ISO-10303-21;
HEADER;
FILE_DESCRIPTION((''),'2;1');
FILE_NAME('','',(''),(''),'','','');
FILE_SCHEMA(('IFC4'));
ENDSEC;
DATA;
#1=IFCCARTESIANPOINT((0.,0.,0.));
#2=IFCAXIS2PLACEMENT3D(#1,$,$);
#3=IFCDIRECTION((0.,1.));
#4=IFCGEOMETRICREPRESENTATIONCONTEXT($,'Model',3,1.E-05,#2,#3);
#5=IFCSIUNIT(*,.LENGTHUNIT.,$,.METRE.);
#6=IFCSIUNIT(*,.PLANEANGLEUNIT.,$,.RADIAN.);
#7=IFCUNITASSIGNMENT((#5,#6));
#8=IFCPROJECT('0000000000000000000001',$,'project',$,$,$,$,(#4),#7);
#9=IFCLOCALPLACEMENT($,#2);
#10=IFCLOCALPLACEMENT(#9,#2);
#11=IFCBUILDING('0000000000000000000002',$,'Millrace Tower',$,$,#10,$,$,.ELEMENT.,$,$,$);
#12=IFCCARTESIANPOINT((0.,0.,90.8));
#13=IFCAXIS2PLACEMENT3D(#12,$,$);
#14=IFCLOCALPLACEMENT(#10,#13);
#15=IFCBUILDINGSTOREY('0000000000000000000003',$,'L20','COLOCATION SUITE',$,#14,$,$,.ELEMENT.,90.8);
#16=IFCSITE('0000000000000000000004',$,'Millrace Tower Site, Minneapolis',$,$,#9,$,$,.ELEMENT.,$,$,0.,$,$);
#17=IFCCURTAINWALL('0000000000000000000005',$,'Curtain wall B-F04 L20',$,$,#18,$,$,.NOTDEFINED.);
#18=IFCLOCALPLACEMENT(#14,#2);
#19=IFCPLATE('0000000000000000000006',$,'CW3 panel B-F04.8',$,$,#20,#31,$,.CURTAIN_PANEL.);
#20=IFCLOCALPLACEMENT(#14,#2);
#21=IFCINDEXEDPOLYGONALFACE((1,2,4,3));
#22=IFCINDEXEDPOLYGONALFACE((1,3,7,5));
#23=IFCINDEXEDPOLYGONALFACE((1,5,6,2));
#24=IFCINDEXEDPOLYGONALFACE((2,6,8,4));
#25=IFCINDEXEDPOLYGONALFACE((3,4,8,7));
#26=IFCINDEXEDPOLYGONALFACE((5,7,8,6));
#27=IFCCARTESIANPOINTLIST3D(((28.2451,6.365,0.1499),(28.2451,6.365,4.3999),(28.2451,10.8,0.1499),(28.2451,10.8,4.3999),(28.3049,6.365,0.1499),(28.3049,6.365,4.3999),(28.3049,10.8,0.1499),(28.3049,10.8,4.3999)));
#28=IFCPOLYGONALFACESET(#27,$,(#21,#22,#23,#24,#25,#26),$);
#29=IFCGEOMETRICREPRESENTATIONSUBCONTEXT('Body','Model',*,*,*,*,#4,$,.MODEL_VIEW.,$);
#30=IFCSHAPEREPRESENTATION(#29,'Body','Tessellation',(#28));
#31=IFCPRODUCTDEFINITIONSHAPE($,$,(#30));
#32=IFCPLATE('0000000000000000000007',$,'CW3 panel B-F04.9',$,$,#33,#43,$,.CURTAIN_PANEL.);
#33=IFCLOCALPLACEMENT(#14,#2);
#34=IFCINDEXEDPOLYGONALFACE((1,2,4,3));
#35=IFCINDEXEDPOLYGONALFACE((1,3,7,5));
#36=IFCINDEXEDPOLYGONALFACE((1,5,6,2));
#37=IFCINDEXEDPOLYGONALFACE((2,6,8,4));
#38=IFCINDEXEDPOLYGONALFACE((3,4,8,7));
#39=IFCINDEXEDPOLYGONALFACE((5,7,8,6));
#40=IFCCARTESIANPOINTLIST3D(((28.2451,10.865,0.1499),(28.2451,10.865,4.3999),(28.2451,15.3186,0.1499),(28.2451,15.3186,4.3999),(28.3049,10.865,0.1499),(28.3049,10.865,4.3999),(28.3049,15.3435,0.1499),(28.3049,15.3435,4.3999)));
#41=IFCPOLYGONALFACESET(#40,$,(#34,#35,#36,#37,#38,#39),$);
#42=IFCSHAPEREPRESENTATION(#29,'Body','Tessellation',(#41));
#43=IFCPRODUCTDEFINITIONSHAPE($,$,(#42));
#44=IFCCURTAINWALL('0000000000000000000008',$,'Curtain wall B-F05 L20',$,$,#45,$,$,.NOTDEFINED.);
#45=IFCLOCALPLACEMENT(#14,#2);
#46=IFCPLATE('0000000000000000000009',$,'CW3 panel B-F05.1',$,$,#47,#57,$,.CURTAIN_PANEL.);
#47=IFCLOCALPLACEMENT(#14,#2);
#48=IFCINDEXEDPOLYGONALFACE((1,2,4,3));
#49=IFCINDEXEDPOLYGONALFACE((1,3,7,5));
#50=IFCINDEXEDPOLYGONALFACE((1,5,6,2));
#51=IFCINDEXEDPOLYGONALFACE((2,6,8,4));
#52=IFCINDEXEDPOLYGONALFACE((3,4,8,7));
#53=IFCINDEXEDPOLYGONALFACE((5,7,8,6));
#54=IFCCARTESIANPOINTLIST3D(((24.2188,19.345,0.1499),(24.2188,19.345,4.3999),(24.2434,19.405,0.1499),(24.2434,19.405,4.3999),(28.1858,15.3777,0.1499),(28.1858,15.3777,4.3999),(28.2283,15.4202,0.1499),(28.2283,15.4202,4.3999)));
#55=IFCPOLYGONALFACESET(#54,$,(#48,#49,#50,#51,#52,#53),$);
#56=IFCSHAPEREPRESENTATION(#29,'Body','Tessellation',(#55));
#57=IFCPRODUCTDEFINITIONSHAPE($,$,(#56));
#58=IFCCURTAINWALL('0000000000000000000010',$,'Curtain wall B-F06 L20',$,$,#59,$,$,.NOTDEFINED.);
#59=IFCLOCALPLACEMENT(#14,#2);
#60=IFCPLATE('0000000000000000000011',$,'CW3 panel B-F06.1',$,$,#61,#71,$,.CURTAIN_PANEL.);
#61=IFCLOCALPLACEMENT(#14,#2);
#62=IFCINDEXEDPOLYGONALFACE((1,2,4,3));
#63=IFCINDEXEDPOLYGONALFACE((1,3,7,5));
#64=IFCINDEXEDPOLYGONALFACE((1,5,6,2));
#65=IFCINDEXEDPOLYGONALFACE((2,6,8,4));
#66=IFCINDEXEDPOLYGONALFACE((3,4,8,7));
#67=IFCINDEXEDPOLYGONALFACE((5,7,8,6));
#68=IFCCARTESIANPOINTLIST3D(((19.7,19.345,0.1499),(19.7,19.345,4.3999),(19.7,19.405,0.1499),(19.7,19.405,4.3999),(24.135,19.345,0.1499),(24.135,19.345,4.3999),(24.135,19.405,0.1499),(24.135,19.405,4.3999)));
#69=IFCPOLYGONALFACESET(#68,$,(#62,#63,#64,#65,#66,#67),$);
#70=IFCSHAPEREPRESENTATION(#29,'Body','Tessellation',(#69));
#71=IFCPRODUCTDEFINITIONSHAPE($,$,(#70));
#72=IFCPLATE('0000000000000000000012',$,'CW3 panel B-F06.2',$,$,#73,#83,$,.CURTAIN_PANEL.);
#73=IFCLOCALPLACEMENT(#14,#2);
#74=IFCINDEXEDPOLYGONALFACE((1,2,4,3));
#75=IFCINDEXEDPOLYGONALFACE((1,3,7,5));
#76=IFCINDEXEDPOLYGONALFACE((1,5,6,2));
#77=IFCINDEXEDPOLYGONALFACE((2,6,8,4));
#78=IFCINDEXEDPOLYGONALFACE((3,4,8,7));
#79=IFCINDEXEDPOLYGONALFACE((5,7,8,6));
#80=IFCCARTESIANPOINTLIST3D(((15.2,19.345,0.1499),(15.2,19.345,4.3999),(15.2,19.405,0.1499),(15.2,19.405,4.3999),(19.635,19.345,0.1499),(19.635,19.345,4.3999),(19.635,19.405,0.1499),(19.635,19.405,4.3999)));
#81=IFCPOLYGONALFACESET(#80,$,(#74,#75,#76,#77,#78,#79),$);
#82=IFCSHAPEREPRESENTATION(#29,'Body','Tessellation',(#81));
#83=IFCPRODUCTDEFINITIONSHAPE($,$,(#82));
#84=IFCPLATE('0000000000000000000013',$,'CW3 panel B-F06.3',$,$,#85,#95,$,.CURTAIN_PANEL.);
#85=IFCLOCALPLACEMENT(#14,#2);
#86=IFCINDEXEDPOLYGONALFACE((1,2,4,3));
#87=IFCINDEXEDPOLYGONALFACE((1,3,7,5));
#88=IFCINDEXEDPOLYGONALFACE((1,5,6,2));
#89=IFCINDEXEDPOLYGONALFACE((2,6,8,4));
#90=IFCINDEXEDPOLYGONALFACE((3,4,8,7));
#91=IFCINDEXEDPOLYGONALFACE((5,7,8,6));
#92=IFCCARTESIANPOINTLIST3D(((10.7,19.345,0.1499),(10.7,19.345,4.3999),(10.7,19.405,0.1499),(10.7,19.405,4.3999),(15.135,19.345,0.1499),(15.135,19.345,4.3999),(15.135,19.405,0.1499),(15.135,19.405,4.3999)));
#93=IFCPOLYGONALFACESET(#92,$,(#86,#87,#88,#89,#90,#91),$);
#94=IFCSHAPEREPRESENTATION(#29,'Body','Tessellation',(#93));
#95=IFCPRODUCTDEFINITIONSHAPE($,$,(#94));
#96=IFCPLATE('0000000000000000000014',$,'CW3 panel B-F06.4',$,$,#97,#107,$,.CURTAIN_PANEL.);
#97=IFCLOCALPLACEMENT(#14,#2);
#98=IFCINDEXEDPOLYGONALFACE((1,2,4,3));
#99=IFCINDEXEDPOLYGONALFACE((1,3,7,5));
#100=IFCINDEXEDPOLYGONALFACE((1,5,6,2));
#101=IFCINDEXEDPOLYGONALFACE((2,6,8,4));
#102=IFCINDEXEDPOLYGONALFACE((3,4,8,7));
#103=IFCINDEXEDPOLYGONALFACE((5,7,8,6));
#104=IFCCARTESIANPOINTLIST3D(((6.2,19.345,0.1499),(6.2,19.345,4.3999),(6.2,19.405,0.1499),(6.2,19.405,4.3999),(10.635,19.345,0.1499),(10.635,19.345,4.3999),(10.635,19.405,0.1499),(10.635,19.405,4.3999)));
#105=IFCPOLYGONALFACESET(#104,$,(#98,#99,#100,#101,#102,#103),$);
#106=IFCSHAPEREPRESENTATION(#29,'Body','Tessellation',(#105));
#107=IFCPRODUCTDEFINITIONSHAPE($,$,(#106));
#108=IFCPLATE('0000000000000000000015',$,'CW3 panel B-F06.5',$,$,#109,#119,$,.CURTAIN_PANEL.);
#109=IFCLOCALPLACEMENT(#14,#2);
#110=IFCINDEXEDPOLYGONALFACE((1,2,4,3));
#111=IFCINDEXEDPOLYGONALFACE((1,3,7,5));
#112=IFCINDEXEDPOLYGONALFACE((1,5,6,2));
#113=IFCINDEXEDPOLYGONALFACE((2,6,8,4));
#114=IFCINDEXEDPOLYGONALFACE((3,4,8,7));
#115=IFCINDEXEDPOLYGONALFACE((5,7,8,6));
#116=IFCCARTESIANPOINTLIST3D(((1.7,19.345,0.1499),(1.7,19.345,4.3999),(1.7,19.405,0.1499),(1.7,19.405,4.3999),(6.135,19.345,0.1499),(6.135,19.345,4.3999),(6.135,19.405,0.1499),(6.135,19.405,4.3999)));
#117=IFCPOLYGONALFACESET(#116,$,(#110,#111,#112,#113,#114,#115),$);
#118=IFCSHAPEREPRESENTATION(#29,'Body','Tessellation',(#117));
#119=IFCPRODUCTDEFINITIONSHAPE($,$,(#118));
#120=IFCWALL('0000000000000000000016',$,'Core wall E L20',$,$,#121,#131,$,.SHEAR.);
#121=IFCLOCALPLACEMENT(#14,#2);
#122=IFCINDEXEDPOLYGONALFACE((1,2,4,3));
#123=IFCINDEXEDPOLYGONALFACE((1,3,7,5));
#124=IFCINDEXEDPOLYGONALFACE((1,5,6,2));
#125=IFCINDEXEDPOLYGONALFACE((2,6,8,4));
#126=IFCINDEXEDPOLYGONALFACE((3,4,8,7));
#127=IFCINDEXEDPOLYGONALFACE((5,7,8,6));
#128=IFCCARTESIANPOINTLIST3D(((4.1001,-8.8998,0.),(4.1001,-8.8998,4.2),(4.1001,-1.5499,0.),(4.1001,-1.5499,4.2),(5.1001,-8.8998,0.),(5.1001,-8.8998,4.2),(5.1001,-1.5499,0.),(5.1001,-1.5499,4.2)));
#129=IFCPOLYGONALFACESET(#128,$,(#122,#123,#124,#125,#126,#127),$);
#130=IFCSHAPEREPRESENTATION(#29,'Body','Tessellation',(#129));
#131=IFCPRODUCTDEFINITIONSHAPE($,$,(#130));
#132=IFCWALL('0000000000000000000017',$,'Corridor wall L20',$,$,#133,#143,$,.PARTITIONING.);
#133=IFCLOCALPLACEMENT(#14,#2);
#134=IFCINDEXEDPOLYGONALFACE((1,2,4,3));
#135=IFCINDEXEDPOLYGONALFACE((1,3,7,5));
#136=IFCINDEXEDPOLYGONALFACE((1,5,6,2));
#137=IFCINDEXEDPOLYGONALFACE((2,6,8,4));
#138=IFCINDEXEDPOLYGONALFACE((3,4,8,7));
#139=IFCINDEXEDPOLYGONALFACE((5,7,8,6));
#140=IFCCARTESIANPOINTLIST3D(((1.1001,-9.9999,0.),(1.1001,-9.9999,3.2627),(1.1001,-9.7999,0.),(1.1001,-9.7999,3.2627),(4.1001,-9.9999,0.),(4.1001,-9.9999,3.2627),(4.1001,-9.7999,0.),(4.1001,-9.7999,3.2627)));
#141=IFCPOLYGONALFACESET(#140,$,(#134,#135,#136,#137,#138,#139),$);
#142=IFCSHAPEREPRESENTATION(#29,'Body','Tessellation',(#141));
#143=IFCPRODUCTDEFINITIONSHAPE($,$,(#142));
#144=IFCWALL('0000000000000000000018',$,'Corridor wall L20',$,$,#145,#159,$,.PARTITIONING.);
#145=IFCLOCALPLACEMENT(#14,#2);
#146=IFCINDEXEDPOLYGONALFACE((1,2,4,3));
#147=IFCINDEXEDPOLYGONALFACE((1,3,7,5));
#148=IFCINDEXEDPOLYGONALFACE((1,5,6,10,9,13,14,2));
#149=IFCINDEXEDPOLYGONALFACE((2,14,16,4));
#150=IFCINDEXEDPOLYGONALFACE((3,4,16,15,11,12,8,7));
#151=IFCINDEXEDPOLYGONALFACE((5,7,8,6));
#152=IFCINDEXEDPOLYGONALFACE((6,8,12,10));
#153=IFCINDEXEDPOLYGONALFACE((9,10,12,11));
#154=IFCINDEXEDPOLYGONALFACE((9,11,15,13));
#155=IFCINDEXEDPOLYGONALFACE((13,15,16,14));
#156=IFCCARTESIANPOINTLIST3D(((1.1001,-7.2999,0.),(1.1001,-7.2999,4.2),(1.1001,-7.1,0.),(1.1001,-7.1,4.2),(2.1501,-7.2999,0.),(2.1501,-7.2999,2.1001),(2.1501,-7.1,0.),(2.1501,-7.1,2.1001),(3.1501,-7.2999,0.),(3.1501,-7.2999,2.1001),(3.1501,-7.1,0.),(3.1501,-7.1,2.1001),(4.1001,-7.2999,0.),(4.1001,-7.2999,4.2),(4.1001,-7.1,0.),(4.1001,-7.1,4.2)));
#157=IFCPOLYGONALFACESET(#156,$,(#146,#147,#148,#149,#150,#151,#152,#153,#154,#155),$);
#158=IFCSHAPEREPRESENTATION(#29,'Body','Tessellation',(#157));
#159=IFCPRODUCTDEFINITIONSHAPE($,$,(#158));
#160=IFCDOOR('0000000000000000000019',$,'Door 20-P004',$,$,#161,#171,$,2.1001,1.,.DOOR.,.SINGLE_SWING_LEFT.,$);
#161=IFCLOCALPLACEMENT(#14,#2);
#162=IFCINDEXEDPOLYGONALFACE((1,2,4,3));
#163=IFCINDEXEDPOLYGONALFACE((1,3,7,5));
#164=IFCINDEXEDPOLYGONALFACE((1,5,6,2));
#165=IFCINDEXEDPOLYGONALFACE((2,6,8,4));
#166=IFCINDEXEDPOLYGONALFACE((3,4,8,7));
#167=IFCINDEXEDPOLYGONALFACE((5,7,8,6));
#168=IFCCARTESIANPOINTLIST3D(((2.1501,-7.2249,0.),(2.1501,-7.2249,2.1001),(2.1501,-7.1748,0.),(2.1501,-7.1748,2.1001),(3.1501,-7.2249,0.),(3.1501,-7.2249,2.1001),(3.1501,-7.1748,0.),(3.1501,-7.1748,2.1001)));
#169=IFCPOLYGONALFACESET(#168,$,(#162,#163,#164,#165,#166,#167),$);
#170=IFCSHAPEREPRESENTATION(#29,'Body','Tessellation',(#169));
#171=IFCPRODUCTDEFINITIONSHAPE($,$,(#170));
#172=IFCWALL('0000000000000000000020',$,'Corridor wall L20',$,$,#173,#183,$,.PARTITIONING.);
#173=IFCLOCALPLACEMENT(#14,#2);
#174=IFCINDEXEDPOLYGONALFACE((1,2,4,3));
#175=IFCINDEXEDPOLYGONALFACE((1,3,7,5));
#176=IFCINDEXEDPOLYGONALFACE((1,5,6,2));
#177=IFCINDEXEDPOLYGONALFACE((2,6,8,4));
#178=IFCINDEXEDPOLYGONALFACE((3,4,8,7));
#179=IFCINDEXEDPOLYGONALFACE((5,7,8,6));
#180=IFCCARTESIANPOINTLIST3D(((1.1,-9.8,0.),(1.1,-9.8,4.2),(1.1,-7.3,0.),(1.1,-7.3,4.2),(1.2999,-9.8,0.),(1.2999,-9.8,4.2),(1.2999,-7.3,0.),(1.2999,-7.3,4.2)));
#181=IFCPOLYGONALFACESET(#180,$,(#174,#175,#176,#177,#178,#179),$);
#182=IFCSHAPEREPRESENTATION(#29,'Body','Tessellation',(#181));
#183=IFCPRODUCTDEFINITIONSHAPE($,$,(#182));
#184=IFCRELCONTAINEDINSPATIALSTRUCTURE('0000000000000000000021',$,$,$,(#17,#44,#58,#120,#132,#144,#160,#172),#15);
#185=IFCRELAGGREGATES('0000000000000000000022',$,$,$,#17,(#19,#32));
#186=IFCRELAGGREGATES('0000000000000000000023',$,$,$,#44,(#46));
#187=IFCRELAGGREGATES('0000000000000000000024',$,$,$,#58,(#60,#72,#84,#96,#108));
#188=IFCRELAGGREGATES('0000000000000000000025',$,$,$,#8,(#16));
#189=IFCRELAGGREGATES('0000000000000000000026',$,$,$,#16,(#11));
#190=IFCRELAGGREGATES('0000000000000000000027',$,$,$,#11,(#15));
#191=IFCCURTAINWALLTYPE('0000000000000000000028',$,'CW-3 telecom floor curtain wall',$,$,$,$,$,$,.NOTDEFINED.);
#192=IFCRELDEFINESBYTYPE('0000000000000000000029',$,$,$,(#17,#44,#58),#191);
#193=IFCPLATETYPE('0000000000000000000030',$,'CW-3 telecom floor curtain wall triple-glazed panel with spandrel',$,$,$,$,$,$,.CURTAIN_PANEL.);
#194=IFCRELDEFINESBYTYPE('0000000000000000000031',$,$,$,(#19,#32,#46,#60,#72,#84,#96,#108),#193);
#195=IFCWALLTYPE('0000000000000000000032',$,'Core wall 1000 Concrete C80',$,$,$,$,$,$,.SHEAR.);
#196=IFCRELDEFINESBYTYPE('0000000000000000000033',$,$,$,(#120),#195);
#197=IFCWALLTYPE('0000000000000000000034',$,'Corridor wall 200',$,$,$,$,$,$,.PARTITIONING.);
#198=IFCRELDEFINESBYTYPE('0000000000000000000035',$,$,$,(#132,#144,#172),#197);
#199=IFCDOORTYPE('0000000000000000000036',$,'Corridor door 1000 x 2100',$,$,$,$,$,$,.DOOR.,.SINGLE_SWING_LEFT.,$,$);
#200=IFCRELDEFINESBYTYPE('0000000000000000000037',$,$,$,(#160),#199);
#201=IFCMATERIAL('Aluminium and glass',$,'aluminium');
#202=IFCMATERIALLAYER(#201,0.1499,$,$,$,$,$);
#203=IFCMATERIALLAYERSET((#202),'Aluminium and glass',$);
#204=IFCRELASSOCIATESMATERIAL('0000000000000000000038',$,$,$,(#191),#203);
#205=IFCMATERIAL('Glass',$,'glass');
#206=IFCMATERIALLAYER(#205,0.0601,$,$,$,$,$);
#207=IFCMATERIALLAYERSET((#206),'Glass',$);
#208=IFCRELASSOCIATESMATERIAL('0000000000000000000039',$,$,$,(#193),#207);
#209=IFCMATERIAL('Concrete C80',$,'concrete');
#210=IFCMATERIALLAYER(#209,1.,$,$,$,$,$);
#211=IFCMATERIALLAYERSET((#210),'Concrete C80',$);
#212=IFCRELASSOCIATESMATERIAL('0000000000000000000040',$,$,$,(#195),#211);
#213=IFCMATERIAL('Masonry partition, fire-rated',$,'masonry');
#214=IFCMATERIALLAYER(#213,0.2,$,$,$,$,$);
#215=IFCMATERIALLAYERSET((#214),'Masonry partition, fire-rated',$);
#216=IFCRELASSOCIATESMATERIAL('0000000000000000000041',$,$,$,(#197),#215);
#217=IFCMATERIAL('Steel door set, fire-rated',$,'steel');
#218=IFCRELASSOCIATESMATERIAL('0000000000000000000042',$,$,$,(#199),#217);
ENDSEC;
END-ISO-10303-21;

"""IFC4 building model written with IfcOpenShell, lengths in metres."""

from ifc_helpers import new_model, si_unit, direction, frame, frame_2d, origin, place, context, subcontext, project, spatial, polyline, rectangle, outline, extrude, material, layer, layer_set, type_object, element, fill, aggregate, save


model = new_model("IFC4")

# Units and contexts
model_context = context("Model", 3, precision=1e-05, world=origin(), true_north=direction((0.0, 1.0)))
body_context = subcontext(model_context, "Body", "Model", "MODEL_VIEW")
ifc_project = project(units=[si_unit("LENGTHUNIT", "METRE"), si_unit("PLANEANGLEUNIT", "RADIAN")], contexts=[model_context])

# Site, building, storey
site_placement = place(None, origin())
site = spatial("IfcSite", under=ifc_project, at=site_placement, Name="Millrace Tower Site, Minneapolis", CompositionType="ELEMENT", RefElevation=0.0)
building_placement = place(site_placement, origin())
building = spatial("IfcBuilding", under=site, at=building_placement, Name="Millrace Tower", CompositionType="ELEMENT")
storey_placement = place(building_placement, frame((0.0, 0.0, 90.8)))
storey = spatial("IfcBuildingStorey", under=building, at=storey_placement, Name="L20", Description="COLOCATION SUITE", CompositionType="ELEMENT", Elevation=90.8)

# Curtain wall, plates
ifc_material_1 = material(Name="Aluminium and glass", Category="aluminium")
ifc_layer_1 = layer(ifc_material_1, 0.1499)
ifc_layer_set_1 = layer_set([ifc_layer_1], Name="Aluminium and glass")
curtain_wall_type = type_object("IfcCurtainWallType", Name="CW-3 telecom floor curtain wall", PredefinedType="NOTDEFINED", material=ifc_layer_set_1)
placement_1 = place(storey_placement, origin())
curtain_wall_1 = element("IfcCurtainWall", 1, at=placement_1, inside=storey, type_object=curtain_wall_type, Name="Curtain wall B-F04 L20", PredefinedType="NOTDEFINED")
ifc_material_2 = material(Name="Glass", Category="glass")
ifc_layer_2 = layer(ifc_material_2, 0.0601)
ifc_layer_set_2 = layer_set([ifc_layer_2], Name="Glass")
plate_type = type_object("IfcPlateType", Name="CW-3 telecom floor curtain wall triple-glazed panel with spandrel", PredefinedType="CURTAIN_PANEL", material=ifc_layer_set_2)
placement_2 = place(storey_placement, frame((0.0, 0.0, 0.1499)))
plate_1 = element("IfcPlate", 2, at=placement_2, type_object=plate_type, Name="CW3 panel B-F04.8", PredefinedType="CURTAIN_PANEL", context=body_context, shape_type="SweptSolid", body=[
    extrude(outline(polyline([(28.3049, 6.365), (28.3049, 10.8), (28.2451, 10.8), (28.2451, 6.365), (28.3049, 6.365)])), origin(), (0.0, 0.0, 1.0), 4.25),
])
plate_2 = element("IfcPlate", 3, at=placement_2, type_object=plate_type, Name="CW3 panel B-F04.9", PredefinedType="CURTAIN_PANEL", context=body_context, shape_type="SweptSolid", body=[
    extrude(outline(polyline([(28.3049, 10.865), (28.3049, 15.3435), (28.2451, 15.3186), (28.2451, 10.865), (28.3049, 10.865)])), origin(), (0.0, 0.0, 1.0), 4.25),
])
aggregate(curtain_wall_1, [plate_1, plate_2])

# Curtain wall, plate
curtain_wall_2 = element("IfcCurtainWall", 4, at=placement_1, inside=storey, type_object=curtain_wall_type, Name="Curtain wall B-F05 L20", PredefinedType="NOTDEFINED")
plate_3 = element("IfcPlate", 5, at=placement_2, type_object=plate_type, Name="CW3 panel B-F05.1", PredefinedType="CURTAIN_PANEL", context=body_context, shape_type="SweptSolid", body=[
    extrude(outline(polyline([(28.2283, 15.4202), (24.2434, 19.405), (24.2188, 19.345), (28.1858, 15.3777), (28.2283, 15.4202)])), origin(), (0.0, 0.0, 1.0), 4.25),
])
aggregate(curtain_wall_2, [plate_3])

# Curtain wall, plates
curtain_wall_3 = element("IfcCurtainWall", 6, at=placement_1, inside=storey, type_object=curtain_wall_type, Name="Curtain wall B-F06 L20", PredefinedType="NOTDEFINED")
plate_4 = element("IfcPlate", 7, at=placement_2, type_object=plate_type, Name="CW3 panel B-F06.1", PredefinedType="CURTAIN_PANEL", context=body_context, shape_type="SweptSolid", body=[
    extrude(outline(polyline([(24.135, 19.405), (19.7, 19.405), (19.7, 19.345), (24.135, 19.345), (24.135, 19.405)])), origin(), (0.0, 0.0, 1.0), 4.25),
])
plate_5 = element("IfcPlate", 8, at=placement_2, type_object=plate_type, Name="CW3 panel B-F06.2", PredefinedType="CURTAIN_PANEL", context=body_context, shape_type="SweptSolid", body=[
    extrude(outline(polyline([(19.635, 19.405), (15.2, 19.405), (15.2, 19.345), (19.635, 19.345), (19.635, 19.405)])), origin(), (0.0, 0.0, 1.0), 4.25),
])
plate_6 = element("IfcPlate", 9, at=placement_2, type_object=plate_type, Name="CW3 panel B-F06.3", PredefinedType="CURTAIN_PANEL", context=body_context, shape_type="SweptSolid", body=[
    extrude(outline(polyline([(15.135, 19.405), (10.7, 19.405), (10.7, 19.345), (15.135, 19.345), (15.135, 19.405)])), origin(), (0.0, 0.0, 1.0), 4.25),
])
plate_7 = element("IfcPlate", 10, at=placement_2, type_object=plate_type, Name="CW3 panel B-F06.4", PredefinedType="CURTAIN_PANEL", context=body_context, shape_type="SweptSolid", body=[
    extrude(outline(polyline([(10.635, 19.405), (6.2, 19.405), (6.2, 19.345), (10.635, 19.345), (10.635, 19.405)])), origin(), (0.0, 0.0, 1.0), 4.25),
])
plate_8 = element("IfcPlate", 11, at=placement_2, type_object=plate_type, Name="CW3 panel B-F06.5", PredefinedType="CURTAIN_PANEL", context=body_context, shape_type="SweptSolid", body=[
    extrude(outline(polyline([(6.135, 19.405), (1.7, 19.405), (1.7, 19.345), (6.135, 19.345), (6.135, 19.405)])), origin(), (0.0, 0.0, 1.0), 4.25),
])
aggregate(curtain_wall_3, [plate_4, plate_5, plate_6, plate_7, plate_8])

# Walls
ifc_material_3 = material(Name="Concrete C80", Category="concrete")
ifc_layer_3 = layer(ifc_material_3, 1.0)
ifc_layer_set_3 = layer_set([ifc_layer_3], Name="Concrete C80")
wall_type_1 = type_object("IfcWallType", Name="Core wall 1000 Concrete C80", PredefinedType="SHEAR", material=ifc_layer_set_3)
wall_1_placement = place(storey_placement, frame((4.6001, -1.55, 0.0), z_axis=(0.0, 0.0, 1.0), x_axis=(0.0, -1.0, 0.0)))
element("IfcWall", 12, at=wall_1_placement, inside=storey, type_object=wall_type_1, Name="Core wall E L20", PredefinedType="SHEAR", context=body_context, shape_type="SweptSolid", body=[
    extrude(rectangle(XDim=7.3499, YDim=1.0, at=frame_2d((3.6748, 0.0))), origin(), (0.0, 0.0, 1.0), 4.2),
])
ifc_material_4 = material(Name="Masonry partition, fire-rated", Category="masonry")
ifc_layer_4 = layer(ifc_material_4, 0.2)
ifc_layer_set_4 = layer_set([ifc_layer_4], Name="Masonry partition, fire-rated")
wall_type_2 = type_object("IfcWallType", Name="Corridor wall 200", PredefinedType="PARTITIONING", material=ifc_layer_set_4)
wall_2_placement = place(storey_placement, frame((1.1001, -9.8999, 0.0), z_axis=(0.0, 0.0, 1.0), x_axis=(1.0, 0.0, 0.0)))
element("IfcWall", 13, at=wall_2_placement, inside=storey, type_object=wall_type_2, Name="Corridor wall L20", PredefinedType="PARTITIONING", context=body_context, shape_type="SweptSolid", body=[
    extrude(rectangle(XDim=3.0, YDim=0.2, at=frame_2d((1.5, 0.0))), origin(), (0.0, 0.0, 1.0), 3.2627),
])

# Wall, opening, door
wall_3_placement = place(storey_placement, frame((1.1001, -7.2, 0.0), z_axis=(0.0, 0.0, 1.0), x_axis=(1.0, 0.0, 0.0)))
wall_3 = element("IfcWall", 14, at=wall_3_placement, inside=storey, type_object=wall_type_2, Name="Corridor wall L20", PredefinedType="PARTITIONING", context=body_context, shape_type="SweptSolid", body=[
    extrude(rectangle(XDim=3.0, YDim=0.2, at=frame_2d((1.5, 0.0))), origin(), (0.0, 0.0, 1.0), 4.2),
])
opening_1_placement = place(wall_3_placement, frame((1.05, 0.0, 0.0)))
opening_1 = element("IfcOpeningElement", 15, at=opening_1_placement, cuts=wall_3, PredefinedType="OPENING", context=body_context, shape_type="SweptSolid", body=[
    extrude(rectangle(XDim=1.0, YDim=2.1001, at=frame_2d((0.5, 1.05))), frame((0.0, 0.1099, 0.0), z_axis=(0.0, -1.0, 0.0), x_axis=(1.0, 0.0, 0.0)), (0.0, 0.0, 1.0), 0.22),
])
ifc_material_5 = material(Name="Steel door set, fire-rated", Category="steel")
door_type_1 = type_object("IfcDoorType", Name="Corridor door 1000 x 2100", OperationType="SINGLE_SWING_LEFT", PredefinedType="DOOR", material=ifc_material_5)
door_1_placement = place(opening_1_placement, frame((1.0, 0.0, 0.0), z_axis=(0.0, 0.0, 1.0), x_axis=(-1.0, 0.0, 0.0)))
door_1 = element("IfcDoor", 16, at=door_1_placement, inside=storey, type_object=door_type_1, Name="Door 20-P004", OperationType="SINGLE_SWING_LEFT", OverallHeight=2.1001, OverallWidth=1.0, PredefinedType="DOOR", context=body_context, shape_type="SweptSolid", body=[
    extrude(rectangle(XDim=1.0, YDim=2.1001, at=frame_2d((0.5, 1.05))), frame((0.0, 0.0249, 0.0), z_axis=(0.0, -1.0, 0.0), x_axis=(1.0, 0.0, 0.0)), (0.0, 0.0, 1.0), 0.05),
])
fill(opening_1, door_1)

# Wall
wall_4_placement = place(storey_placement, frame((1.2, -9.8, 0.0), z_axis=(0.0, 0.0, 1.0), x_axis=(0.0, 1.0, 0.0)))
element("IfcWall", 17, at=wall_4_placement, inside=storey, type_object=wall_type_2, Name="Corridor wall L20", PredefinedType="PARTITIONING", context=body_context, shape_type="SweptSolid", body=[
    extrude(rectangle(XDim=2.5, YDim=0.2, at=frame_2d((1.25, 0.0))), origin(), (0.0, 0.0, 1.0), 4.2),
])

save(model, "model.ifc")
